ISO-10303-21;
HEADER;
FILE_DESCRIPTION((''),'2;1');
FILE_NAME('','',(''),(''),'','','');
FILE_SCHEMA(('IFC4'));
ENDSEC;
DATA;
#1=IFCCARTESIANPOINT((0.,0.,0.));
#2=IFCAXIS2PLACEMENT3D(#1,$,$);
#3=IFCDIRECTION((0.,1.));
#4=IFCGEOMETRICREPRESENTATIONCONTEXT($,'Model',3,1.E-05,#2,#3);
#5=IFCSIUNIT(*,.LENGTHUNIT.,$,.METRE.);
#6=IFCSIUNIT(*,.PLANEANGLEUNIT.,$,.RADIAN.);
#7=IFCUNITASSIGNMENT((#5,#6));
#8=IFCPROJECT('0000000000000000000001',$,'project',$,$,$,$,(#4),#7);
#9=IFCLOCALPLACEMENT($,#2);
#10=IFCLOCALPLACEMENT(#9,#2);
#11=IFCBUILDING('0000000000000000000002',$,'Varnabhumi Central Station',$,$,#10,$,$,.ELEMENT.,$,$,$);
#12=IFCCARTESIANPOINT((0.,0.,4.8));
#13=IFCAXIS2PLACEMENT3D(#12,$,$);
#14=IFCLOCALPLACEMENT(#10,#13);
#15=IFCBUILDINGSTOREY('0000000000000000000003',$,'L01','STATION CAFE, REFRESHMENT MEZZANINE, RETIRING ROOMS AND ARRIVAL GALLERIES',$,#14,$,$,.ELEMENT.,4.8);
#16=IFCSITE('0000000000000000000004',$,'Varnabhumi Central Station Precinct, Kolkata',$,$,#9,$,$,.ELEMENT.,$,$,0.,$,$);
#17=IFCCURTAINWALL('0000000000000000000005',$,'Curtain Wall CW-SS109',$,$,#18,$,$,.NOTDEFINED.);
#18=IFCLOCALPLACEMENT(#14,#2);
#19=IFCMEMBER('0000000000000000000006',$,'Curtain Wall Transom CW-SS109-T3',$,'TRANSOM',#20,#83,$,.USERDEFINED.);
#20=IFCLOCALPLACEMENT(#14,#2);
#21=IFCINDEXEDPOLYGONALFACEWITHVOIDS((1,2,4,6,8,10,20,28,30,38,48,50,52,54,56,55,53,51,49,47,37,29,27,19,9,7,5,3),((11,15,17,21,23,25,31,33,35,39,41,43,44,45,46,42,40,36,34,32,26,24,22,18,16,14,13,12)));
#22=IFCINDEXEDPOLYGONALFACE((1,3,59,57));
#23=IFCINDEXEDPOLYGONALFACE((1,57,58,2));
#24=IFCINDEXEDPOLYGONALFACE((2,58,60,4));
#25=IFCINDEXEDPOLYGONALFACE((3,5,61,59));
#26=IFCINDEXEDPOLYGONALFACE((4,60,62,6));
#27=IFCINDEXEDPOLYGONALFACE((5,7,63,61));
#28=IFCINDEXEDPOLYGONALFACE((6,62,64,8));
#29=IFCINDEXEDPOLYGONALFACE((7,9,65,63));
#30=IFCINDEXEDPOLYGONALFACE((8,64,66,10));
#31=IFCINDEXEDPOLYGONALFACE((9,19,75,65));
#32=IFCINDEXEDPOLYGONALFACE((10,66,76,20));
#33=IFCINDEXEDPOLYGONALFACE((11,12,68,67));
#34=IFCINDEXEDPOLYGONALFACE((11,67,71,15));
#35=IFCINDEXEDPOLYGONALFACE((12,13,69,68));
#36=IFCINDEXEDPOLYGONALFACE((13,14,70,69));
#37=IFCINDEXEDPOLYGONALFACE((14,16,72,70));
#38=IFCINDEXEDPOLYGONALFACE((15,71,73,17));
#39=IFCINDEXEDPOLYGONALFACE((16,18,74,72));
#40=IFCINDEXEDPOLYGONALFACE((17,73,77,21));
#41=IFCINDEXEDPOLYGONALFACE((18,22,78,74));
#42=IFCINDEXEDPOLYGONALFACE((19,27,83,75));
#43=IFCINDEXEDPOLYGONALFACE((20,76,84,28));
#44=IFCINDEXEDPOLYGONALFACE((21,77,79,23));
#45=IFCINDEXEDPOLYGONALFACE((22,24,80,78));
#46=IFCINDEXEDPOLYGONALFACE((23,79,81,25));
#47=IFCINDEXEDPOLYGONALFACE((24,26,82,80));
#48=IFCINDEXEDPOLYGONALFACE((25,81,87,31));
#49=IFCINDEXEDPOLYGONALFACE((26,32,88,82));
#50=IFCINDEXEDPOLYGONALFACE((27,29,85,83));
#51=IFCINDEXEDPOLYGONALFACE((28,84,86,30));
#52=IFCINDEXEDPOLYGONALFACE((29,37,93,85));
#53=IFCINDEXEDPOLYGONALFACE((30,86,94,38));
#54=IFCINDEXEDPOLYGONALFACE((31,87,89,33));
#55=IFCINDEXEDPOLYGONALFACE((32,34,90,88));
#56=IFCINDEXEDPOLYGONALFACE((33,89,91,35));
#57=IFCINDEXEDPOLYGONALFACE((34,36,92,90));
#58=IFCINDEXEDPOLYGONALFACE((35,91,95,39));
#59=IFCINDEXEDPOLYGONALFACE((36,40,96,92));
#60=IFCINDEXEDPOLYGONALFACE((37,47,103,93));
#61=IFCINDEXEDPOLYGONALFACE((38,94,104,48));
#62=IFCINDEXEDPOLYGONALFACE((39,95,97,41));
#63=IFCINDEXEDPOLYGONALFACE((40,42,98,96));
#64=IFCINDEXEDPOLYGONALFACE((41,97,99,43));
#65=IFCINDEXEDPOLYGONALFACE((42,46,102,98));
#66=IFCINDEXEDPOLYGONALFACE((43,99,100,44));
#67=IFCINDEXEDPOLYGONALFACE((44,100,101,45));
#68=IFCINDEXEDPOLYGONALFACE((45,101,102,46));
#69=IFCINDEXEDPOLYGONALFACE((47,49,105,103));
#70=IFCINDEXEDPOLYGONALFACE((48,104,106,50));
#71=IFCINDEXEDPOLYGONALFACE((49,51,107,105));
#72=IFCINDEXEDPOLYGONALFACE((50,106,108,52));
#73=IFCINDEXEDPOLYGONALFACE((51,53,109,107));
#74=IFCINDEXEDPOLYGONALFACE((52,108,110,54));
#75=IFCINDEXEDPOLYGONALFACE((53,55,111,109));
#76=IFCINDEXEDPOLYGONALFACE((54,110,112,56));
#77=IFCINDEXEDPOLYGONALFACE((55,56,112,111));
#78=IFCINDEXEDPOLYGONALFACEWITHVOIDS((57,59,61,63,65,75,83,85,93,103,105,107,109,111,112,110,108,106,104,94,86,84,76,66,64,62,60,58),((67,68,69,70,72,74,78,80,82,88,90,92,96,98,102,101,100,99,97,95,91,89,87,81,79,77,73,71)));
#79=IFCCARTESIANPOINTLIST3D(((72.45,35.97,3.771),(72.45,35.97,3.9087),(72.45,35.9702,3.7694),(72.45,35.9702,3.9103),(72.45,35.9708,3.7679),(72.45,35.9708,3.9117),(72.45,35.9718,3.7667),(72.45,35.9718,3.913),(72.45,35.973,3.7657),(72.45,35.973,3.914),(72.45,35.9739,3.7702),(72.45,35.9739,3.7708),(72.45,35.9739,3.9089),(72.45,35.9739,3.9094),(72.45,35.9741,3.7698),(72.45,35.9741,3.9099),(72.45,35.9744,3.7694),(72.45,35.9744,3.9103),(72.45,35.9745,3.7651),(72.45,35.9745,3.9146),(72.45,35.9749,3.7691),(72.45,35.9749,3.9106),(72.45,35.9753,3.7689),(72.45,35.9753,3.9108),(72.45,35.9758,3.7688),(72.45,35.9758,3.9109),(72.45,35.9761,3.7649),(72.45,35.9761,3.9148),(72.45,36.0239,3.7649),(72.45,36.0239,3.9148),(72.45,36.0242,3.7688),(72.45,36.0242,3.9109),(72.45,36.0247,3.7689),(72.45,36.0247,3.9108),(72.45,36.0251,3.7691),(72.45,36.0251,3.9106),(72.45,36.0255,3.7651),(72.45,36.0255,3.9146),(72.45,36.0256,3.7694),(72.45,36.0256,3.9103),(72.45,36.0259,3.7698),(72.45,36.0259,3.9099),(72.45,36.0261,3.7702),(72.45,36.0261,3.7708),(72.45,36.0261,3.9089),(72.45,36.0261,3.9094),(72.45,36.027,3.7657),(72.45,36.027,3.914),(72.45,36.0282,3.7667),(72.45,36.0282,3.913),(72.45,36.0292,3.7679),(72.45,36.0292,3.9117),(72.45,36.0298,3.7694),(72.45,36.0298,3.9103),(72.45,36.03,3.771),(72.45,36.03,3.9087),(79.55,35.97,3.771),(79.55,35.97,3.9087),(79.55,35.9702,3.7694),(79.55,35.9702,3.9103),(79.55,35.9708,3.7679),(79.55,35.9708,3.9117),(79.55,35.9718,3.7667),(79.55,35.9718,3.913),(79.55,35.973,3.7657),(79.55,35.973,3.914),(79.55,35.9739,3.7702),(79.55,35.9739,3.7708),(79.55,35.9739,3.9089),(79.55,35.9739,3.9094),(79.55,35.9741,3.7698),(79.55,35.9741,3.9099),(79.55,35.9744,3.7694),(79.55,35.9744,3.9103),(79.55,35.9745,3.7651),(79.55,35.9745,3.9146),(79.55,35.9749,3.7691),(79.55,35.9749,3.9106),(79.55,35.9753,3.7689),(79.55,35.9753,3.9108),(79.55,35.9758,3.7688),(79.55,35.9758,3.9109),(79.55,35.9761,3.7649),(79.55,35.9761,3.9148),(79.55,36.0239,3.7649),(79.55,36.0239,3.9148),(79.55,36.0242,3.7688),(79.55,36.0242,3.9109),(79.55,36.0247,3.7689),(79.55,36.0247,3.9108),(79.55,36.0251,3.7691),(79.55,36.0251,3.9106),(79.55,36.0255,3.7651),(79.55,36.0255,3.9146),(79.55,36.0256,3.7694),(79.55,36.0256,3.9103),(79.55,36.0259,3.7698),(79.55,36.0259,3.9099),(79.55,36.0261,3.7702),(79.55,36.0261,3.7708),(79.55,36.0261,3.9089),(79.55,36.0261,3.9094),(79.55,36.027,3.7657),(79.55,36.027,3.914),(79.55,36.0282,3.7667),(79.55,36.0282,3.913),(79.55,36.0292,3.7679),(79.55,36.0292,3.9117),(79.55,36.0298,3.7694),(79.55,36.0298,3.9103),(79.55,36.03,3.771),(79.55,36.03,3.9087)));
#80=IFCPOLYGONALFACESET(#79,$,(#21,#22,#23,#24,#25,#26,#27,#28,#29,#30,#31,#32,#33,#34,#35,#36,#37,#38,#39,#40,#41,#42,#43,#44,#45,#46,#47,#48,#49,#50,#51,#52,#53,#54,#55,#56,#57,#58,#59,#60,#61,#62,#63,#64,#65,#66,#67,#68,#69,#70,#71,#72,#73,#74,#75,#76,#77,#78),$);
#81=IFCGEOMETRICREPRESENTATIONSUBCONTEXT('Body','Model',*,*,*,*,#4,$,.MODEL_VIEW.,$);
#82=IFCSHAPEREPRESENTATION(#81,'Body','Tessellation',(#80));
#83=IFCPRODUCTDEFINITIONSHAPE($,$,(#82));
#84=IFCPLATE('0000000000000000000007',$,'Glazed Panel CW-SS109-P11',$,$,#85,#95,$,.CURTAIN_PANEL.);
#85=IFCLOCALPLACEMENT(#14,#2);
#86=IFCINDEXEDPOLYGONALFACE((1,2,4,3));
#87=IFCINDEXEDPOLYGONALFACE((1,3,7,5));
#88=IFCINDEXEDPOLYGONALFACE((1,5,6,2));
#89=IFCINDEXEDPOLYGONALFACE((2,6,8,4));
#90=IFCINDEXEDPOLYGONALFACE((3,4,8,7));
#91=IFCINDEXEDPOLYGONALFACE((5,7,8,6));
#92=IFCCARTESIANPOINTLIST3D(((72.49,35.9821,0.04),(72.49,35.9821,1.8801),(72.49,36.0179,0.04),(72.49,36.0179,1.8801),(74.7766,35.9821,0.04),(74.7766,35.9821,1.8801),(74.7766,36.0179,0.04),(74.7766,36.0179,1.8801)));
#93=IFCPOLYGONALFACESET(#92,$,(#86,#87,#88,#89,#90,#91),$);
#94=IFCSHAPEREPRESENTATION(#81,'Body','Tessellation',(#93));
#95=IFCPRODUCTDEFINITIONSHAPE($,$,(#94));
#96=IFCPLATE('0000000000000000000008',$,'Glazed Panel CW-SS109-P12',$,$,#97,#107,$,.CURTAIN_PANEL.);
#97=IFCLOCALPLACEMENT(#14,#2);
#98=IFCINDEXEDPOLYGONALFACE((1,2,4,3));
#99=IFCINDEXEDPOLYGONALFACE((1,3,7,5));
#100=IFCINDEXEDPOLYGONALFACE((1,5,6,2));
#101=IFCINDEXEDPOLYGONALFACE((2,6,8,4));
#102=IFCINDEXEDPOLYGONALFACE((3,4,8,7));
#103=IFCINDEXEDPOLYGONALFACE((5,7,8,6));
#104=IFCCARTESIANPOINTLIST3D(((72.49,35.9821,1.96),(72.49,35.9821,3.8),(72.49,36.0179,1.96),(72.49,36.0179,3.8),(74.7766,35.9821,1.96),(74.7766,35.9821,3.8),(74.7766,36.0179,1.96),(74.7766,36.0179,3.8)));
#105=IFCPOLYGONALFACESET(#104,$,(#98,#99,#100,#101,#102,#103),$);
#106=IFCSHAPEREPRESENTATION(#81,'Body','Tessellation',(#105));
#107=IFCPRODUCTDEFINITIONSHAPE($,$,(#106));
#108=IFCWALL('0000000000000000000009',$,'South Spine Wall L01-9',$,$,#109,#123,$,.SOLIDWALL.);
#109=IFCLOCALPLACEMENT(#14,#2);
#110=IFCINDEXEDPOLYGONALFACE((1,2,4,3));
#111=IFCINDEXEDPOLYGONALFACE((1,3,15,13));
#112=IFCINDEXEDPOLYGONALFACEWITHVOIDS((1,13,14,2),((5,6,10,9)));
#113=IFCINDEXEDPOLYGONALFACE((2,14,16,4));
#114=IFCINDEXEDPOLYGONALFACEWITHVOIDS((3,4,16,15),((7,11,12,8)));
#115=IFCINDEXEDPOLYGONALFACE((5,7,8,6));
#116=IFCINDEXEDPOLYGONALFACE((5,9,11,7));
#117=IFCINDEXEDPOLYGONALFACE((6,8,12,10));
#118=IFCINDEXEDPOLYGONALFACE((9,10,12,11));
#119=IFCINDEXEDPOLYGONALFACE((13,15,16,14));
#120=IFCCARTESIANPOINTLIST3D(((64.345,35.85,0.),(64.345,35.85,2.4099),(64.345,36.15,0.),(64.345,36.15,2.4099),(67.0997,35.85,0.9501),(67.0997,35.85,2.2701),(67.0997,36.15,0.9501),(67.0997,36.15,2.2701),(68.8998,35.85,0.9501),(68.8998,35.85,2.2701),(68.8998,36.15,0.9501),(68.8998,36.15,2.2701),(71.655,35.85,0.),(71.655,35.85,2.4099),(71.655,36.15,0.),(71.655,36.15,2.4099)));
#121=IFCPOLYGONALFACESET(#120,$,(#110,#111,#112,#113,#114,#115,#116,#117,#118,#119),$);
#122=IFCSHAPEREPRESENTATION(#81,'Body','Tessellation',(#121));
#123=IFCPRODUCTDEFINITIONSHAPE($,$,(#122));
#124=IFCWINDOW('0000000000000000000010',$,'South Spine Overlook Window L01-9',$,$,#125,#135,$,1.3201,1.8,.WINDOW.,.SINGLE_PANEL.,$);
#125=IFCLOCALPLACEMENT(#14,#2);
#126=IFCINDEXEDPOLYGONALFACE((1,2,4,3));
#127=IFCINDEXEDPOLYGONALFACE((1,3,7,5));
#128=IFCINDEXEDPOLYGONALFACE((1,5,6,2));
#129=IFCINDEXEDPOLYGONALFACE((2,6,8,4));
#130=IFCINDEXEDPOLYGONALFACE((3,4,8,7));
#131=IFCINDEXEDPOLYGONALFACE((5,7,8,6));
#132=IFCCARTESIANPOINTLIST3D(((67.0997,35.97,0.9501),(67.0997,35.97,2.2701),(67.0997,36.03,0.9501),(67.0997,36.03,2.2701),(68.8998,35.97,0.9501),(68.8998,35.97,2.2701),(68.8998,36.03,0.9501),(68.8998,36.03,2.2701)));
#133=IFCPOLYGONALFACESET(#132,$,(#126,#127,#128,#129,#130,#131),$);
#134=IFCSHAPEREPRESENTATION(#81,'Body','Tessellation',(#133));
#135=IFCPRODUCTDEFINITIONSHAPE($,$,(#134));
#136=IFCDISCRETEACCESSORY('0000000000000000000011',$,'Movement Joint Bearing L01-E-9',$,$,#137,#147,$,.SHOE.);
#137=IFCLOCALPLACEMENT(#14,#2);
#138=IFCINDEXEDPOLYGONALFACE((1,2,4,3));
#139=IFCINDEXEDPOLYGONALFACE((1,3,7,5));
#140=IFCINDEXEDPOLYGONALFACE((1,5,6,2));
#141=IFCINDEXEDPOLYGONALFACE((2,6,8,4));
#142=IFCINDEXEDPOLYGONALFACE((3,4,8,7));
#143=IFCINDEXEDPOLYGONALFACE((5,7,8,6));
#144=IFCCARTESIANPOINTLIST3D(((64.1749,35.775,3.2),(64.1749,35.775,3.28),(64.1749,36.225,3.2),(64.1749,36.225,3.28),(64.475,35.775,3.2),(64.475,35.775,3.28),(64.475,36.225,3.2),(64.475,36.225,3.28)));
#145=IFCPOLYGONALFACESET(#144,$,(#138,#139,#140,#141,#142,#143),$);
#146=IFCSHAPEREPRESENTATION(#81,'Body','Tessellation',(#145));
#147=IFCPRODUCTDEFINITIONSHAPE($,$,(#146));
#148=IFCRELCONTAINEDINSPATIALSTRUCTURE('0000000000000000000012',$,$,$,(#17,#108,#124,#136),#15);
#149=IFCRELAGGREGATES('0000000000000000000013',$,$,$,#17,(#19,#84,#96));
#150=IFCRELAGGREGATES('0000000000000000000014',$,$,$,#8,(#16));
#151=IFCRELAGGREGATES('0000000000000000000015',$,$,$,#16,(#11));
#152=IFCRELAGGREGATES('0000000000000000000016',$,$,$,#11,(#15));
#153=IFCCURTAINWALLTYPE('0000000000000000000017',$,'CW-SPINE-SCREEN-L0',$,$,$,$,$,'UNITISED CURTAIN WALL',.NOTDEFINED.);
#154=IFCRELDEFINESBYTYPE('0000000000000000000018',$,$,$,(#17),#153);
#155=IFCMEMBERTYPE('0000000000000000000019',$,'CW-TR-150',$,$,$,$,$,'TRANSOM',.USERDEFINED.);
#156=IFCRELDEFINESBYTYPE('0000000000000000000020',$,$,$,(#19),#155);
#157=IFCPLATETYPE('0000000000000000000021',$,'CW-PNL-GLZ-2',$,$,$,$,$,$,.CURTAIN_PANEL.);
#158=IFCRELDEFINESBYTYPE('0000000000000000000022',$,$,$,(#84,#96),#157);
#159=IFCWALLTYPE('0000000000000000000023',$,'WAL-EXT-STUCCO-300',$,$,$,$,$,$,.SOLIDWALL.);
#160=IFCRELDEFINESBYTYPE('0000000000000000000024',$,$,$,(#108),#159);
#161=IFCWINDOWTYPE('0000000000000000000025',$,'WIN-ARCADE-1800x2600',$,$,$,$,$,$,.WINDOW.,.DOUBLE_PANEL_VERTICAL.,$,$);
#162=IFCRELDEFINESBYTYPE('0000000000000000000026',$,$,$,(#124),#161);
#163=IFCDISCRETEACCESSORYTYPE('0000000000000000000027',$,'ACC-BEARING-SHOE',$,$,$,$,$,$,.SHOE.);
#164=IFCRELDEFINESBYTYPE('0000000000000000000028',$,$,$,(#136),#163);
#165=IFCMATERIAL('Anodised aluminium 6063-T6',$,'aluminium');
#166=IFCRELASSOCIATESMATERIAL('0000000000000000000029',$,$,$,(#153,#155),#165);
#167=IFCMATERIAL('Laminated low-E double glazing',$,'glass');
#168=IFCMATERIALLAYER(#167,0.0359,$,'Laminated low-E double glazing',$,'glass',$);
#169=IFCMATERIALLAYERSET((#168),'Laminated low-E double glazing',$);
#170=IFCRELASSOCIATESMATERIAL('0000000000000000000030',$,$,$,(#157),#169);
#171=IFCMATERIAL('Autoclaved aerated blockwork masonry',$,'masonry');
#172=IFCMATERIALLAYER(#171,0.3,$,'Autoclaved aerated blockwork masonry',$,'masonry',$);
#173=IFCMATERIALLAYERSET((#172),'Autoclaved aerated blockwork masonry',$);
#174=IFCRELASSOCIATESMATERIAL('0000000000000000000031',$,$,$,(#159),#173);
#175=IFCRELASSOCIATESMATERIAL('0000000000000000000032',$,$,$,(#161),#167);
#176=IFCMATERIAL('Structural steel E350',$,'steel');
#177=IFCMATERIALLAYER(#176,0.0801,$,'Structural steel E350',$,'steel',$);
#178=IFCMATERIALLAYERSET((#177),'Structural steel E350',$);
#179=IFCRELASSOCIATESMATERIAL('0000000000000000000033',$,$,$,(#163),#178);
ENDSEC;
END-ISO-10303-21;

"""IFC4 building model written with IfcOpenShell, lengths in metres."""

from ifc_helpers import new_model, si_unit, direction, frame, frame_2d, origin, origin_2d, place, context, subcontext, project, spatial, rectangle, hollow_rectangle, extrude, material, layer, layer_set, material_profile, profile_set, type_object, element, fill, aggregate, save


model = new_model("IFC4")

# Units and contexts
model_context = context("Model", 3, precision=1e-05, world=origin(), true_north=direction((0.0, 1.0)))
body_context = subcontext(model_context, "Body", "Model", "MODEL_VIEW")
ifc_project = project(units=[si_unit("LENGTHUNIT", "METRE"), si_unit("PLANEANGLEUNIT", "RADIAN")], contexts=[model_context])

# Site, building, storey
site_placement = place(None, origin())
site = spatial("IfcSite", under=ifc_project, at=site_placement, Name="Varnabhumi Central Station Precinct, Kolkata", CompositionType="ELEMENT", RefElevation=0.0)
building_placement = place(site_placement, origin())
building = spatial("IfcBuilding", under=site, at=building_placement, Name="Varnabhumi Central Station", CompositionType="ELEMENT")
storey_placement = place(building_placement, frame((0.0, 0.0, 4.8)))
storey = spatial("IfcBuildingStorey", under=building, at=storey_placement, Name="L01", Description="STATION CAFE, REFRESHMENT MEZZANINE, RETIRING ROOMS AND ARRIVAL GALLERIES", CompositionType="ELEMENT", Elevation=4.8)

# Shared definitions
ifc_material_1 = material(Name="Structural steel E350", Category="steel")

# Curtain wall, member, plates
ifc_material_2 = material(Name="Anodised aluminium 6063-T6", Category="aluminium")
curtain_wall_type = type_object("IfcCurtainWallType", Name="CW-SPINE-SCREEN-L0", ElementType="UNITISED CURTAIN WALL", PredefinedType="NOTDEFINED", material=ifc_material_2)
curtain_wall_placement = place(storey_placement, origin())
curtain_wall = element("IfcCurtainWall", 1, at=curtain_wall_placement, inside=storey, type_object=curtain_wall_type, Name="Curtain Wall CW-SS109", PredefinedType="NOTDEFINED")
ifc_material_profile_1 = material_profile(ifc_material_2, hollow_rectangle(XDim=0.0601, YDim=0.1499, WallThickness=0.0039, InnerFilletRadius=0.002, OuterFilletRadius=0.0061, at=origin_2d()), Name="Anodised aluminium 6063-T6", Category="aluminium")
ifc_profile_set_1 = profile_set([ifc_material_profile_1], Name="Anodised aluminium 6063-T6")
member_type_1 = type_object("IfcMemberType", Name="CW-TR-150", ElementType="TRANSOM", PredefinedType="USERDEFINED", material=ifc_profile_set_1)
member_1_placement = place(storey_placement, frame((72.45, 36.0, 3.8398), z_axis=(1.0, 0.0, 0.0), x_axis=(0.0, 1.0, 0.0)))
member_1 = element("IfcMember", 2, at=member_1_placement, type_object=member_type_1, Name="Curtain Wall Transom CW-SS109-T3", ObjectType="TRANSOM", PredefinedType="USERDEFINED", context=body_context, shape_type="SweptSolid", body=[
    extrude(hollow_rectangle(XDim=0.0601, YDim=0.1499, WallThickness=0.0039, InnerFilletRadius=0.002, OuterFilletRadius=0.0061, at=origin_2d()), origin(), (0.0, 0.0, 1.0), 7.1001),
])
ifc_material_3 = material(Name="Laminated low-E double glazing", Category="glass")
ifc_layer_1 = layer(ifc_material_3, 0.0359, Name="Laminated low-E double glazing", Category="glass")
ifc_layer_set_1 = layer_set([ifc_layer_1], Name="Laminated low-E double glazing")
plate_type = type_object("IfcPlateType", Name="CW-PNL-GLZ-2", PredefinedType="CURTAIN_PANEL", material=ifc_layer_set_1)
plate_1_placement = place(storey_placement, frame((73.6333, 36.0, 0.04), z_axis=(0.0, 0.0, 1.0), x_axis=(1.0, 0.0, 0.0)))
plate_1 = element("IfcPlate", 3, at=plate_1_placement, type_object=plate_type, Name="Glazed Panel CW-SS109-P11", PredefinedType="CURTAIN_PANEL", context=body_context, shape_type="SweptSolid", body=[
    extrude(rectangle(XDim=2.2866, YDim=0.0359, at=origin_2d()), origin(), (0.0, 0.0, 1.0), 1.8401),
])
plate_2_placement = place(storey_placement, frame((73.6333, 36.0, 1.96), z_axis=(0.0, 0.0, 1.0), x_axis=(1.0, 0.0, 0.0)))
plate_2 = element("IfcPlate", 4, at=plate_2_placement, type_object=plate_type, Name="Glazed Panel CW-SS109-P12", PredefinedType="CURTAIN_PANEL", context=body_context, shape_type="SweptSolid", body=[
    extrude(rectangle(XDim=2.2866, YDim=0.0359, at=origin_2d()), origin(), (0.0, 0.0, 1.0), 1.8401),
])
aggregate(curtain_wall, [member_1, plate_1, plate_2])

# Wall, opening, window
ifc_material_4 = material(Name="Autoclaved aerated blockwork masonry", Category="masonry")
ifc_layer_2 = layer(ifc_material_4, 0.3, Name="Autoclaved aerated blockwork masonry", Category="masonry")
ifc_layer_set_2 = layer_set([ifc_layer_2], Name="Autoclaved aerated blockwork masonry")
wall_type = type_object("IfcWallType", Name="WAL-EXT-STUCCO-300", PredefinedType="SOLIDWALL", material=ifc_layer_set_2)
wall_placement = place(storey_placement, frame((64.345, 36.0, 0.0), z_axis=(0.0, 0.0, 1.0), x_axis=(1.0, 0.0, 0.0)))
wall = element("IfcWall", 5, at=wall_placement, inside=storey, type_object=wall_type, Name="South Spine Wall L01-9", PredefinedType="SOLIDWALL", context=body_context, shape_type="SweptSolid", body=[
    extrude(rectangle(XDim=7.3101, YDim=0.3, at=frame_2d((3.655, 0.0))), origin(), (0.0, 0.0, 1.0), 2.4099),
])
opening_placement = place(wall_placement, frame((2.7549, 0.0, 0.95)))
opening = element("IfcOpeningElement", 6, at=opening_placement, cuts=wall, PredefinedType="OPENING", context=body_context, shape_type="SweptSolid", body=[
    extrude(rectangle(XDim=1.8, YDim=1.3201, at=frame_2d((0.8999, 0.6602))), frame((0.0, 0.1599, 0.0), z_axis=(0.0, -1.0, 0.0), x_axis=(1.0, 0.0, 0.0)), (0.0, 0.0, 1.0), 0.3201),
])
window_type = type_object("IfcWindowType", Name="WIN-ARCADE-1800x2600", PartitioningType="DOUBLE_PANEL_VERTICAL", PredefinedType="WINDOW", material=ifc_material_3)
window_placement = place(opening_placement, origin())
window = element("IfcWindow", 7, at=window_placement, inside=storey, type_object=window_type, Name="South Spine Overlook Window L01-9", OverallHeight=1.3201, OverallWidth=1.8, PartitioningType="SINGLE_PANEL", PredefinedType="WINDOW", context=body_context, shape_type="SweptSolid", body=[
    extrude(rectangle(XDim=1.8, YDim=1.3201, at=frame_2d((0.8999, 0.6602))), frame((0.0, 0.03, 0.0), z_axis=(0.0, -1.0, 0.0), x_axis=(1.0, 0.0, 0.0)), (0.0, 0.0, 1.0), 0.0601),
])
fill(opening, window)

# Discrete accessory
ifc_layer_3 = layer(ifc_material_1, 0.0801, Name="Structural steel E350", Category="steel")
ifc_layer_set_3 = layer_set([ifc_layer_3], Name="Structural steel E350")
discrete_accessory_type = type_object("IfcDiscreteAccessoryType", Name="ACC-BEARING-SHOE", PredefinedType="SHOE", material=ifc_layer_set_3)
discrete_accessory_placement = place(storey_placement, frame((64.325, 36.0, 3.2), z_axis=(0.0, 0.0, 1.0), x_axis=(1.0, 0.0, 0.0)))
element("IfcDiscreteAccessory", 8, at=discrete_accessory_placement, inside=storey, type_object=discrete_accessory_type, Name="Movement Joint Bearing L01-E-9", PredefinedType="SHOE", context=body_context, shape_type="SweptSolid", body=[
    extrude(rectangle(XDim=0.3, YDim=0.45, at=origin_2d()), origin(), (0.0, 0.0, 1.0), 0.0801),
])

save(model, "model.ifc")
